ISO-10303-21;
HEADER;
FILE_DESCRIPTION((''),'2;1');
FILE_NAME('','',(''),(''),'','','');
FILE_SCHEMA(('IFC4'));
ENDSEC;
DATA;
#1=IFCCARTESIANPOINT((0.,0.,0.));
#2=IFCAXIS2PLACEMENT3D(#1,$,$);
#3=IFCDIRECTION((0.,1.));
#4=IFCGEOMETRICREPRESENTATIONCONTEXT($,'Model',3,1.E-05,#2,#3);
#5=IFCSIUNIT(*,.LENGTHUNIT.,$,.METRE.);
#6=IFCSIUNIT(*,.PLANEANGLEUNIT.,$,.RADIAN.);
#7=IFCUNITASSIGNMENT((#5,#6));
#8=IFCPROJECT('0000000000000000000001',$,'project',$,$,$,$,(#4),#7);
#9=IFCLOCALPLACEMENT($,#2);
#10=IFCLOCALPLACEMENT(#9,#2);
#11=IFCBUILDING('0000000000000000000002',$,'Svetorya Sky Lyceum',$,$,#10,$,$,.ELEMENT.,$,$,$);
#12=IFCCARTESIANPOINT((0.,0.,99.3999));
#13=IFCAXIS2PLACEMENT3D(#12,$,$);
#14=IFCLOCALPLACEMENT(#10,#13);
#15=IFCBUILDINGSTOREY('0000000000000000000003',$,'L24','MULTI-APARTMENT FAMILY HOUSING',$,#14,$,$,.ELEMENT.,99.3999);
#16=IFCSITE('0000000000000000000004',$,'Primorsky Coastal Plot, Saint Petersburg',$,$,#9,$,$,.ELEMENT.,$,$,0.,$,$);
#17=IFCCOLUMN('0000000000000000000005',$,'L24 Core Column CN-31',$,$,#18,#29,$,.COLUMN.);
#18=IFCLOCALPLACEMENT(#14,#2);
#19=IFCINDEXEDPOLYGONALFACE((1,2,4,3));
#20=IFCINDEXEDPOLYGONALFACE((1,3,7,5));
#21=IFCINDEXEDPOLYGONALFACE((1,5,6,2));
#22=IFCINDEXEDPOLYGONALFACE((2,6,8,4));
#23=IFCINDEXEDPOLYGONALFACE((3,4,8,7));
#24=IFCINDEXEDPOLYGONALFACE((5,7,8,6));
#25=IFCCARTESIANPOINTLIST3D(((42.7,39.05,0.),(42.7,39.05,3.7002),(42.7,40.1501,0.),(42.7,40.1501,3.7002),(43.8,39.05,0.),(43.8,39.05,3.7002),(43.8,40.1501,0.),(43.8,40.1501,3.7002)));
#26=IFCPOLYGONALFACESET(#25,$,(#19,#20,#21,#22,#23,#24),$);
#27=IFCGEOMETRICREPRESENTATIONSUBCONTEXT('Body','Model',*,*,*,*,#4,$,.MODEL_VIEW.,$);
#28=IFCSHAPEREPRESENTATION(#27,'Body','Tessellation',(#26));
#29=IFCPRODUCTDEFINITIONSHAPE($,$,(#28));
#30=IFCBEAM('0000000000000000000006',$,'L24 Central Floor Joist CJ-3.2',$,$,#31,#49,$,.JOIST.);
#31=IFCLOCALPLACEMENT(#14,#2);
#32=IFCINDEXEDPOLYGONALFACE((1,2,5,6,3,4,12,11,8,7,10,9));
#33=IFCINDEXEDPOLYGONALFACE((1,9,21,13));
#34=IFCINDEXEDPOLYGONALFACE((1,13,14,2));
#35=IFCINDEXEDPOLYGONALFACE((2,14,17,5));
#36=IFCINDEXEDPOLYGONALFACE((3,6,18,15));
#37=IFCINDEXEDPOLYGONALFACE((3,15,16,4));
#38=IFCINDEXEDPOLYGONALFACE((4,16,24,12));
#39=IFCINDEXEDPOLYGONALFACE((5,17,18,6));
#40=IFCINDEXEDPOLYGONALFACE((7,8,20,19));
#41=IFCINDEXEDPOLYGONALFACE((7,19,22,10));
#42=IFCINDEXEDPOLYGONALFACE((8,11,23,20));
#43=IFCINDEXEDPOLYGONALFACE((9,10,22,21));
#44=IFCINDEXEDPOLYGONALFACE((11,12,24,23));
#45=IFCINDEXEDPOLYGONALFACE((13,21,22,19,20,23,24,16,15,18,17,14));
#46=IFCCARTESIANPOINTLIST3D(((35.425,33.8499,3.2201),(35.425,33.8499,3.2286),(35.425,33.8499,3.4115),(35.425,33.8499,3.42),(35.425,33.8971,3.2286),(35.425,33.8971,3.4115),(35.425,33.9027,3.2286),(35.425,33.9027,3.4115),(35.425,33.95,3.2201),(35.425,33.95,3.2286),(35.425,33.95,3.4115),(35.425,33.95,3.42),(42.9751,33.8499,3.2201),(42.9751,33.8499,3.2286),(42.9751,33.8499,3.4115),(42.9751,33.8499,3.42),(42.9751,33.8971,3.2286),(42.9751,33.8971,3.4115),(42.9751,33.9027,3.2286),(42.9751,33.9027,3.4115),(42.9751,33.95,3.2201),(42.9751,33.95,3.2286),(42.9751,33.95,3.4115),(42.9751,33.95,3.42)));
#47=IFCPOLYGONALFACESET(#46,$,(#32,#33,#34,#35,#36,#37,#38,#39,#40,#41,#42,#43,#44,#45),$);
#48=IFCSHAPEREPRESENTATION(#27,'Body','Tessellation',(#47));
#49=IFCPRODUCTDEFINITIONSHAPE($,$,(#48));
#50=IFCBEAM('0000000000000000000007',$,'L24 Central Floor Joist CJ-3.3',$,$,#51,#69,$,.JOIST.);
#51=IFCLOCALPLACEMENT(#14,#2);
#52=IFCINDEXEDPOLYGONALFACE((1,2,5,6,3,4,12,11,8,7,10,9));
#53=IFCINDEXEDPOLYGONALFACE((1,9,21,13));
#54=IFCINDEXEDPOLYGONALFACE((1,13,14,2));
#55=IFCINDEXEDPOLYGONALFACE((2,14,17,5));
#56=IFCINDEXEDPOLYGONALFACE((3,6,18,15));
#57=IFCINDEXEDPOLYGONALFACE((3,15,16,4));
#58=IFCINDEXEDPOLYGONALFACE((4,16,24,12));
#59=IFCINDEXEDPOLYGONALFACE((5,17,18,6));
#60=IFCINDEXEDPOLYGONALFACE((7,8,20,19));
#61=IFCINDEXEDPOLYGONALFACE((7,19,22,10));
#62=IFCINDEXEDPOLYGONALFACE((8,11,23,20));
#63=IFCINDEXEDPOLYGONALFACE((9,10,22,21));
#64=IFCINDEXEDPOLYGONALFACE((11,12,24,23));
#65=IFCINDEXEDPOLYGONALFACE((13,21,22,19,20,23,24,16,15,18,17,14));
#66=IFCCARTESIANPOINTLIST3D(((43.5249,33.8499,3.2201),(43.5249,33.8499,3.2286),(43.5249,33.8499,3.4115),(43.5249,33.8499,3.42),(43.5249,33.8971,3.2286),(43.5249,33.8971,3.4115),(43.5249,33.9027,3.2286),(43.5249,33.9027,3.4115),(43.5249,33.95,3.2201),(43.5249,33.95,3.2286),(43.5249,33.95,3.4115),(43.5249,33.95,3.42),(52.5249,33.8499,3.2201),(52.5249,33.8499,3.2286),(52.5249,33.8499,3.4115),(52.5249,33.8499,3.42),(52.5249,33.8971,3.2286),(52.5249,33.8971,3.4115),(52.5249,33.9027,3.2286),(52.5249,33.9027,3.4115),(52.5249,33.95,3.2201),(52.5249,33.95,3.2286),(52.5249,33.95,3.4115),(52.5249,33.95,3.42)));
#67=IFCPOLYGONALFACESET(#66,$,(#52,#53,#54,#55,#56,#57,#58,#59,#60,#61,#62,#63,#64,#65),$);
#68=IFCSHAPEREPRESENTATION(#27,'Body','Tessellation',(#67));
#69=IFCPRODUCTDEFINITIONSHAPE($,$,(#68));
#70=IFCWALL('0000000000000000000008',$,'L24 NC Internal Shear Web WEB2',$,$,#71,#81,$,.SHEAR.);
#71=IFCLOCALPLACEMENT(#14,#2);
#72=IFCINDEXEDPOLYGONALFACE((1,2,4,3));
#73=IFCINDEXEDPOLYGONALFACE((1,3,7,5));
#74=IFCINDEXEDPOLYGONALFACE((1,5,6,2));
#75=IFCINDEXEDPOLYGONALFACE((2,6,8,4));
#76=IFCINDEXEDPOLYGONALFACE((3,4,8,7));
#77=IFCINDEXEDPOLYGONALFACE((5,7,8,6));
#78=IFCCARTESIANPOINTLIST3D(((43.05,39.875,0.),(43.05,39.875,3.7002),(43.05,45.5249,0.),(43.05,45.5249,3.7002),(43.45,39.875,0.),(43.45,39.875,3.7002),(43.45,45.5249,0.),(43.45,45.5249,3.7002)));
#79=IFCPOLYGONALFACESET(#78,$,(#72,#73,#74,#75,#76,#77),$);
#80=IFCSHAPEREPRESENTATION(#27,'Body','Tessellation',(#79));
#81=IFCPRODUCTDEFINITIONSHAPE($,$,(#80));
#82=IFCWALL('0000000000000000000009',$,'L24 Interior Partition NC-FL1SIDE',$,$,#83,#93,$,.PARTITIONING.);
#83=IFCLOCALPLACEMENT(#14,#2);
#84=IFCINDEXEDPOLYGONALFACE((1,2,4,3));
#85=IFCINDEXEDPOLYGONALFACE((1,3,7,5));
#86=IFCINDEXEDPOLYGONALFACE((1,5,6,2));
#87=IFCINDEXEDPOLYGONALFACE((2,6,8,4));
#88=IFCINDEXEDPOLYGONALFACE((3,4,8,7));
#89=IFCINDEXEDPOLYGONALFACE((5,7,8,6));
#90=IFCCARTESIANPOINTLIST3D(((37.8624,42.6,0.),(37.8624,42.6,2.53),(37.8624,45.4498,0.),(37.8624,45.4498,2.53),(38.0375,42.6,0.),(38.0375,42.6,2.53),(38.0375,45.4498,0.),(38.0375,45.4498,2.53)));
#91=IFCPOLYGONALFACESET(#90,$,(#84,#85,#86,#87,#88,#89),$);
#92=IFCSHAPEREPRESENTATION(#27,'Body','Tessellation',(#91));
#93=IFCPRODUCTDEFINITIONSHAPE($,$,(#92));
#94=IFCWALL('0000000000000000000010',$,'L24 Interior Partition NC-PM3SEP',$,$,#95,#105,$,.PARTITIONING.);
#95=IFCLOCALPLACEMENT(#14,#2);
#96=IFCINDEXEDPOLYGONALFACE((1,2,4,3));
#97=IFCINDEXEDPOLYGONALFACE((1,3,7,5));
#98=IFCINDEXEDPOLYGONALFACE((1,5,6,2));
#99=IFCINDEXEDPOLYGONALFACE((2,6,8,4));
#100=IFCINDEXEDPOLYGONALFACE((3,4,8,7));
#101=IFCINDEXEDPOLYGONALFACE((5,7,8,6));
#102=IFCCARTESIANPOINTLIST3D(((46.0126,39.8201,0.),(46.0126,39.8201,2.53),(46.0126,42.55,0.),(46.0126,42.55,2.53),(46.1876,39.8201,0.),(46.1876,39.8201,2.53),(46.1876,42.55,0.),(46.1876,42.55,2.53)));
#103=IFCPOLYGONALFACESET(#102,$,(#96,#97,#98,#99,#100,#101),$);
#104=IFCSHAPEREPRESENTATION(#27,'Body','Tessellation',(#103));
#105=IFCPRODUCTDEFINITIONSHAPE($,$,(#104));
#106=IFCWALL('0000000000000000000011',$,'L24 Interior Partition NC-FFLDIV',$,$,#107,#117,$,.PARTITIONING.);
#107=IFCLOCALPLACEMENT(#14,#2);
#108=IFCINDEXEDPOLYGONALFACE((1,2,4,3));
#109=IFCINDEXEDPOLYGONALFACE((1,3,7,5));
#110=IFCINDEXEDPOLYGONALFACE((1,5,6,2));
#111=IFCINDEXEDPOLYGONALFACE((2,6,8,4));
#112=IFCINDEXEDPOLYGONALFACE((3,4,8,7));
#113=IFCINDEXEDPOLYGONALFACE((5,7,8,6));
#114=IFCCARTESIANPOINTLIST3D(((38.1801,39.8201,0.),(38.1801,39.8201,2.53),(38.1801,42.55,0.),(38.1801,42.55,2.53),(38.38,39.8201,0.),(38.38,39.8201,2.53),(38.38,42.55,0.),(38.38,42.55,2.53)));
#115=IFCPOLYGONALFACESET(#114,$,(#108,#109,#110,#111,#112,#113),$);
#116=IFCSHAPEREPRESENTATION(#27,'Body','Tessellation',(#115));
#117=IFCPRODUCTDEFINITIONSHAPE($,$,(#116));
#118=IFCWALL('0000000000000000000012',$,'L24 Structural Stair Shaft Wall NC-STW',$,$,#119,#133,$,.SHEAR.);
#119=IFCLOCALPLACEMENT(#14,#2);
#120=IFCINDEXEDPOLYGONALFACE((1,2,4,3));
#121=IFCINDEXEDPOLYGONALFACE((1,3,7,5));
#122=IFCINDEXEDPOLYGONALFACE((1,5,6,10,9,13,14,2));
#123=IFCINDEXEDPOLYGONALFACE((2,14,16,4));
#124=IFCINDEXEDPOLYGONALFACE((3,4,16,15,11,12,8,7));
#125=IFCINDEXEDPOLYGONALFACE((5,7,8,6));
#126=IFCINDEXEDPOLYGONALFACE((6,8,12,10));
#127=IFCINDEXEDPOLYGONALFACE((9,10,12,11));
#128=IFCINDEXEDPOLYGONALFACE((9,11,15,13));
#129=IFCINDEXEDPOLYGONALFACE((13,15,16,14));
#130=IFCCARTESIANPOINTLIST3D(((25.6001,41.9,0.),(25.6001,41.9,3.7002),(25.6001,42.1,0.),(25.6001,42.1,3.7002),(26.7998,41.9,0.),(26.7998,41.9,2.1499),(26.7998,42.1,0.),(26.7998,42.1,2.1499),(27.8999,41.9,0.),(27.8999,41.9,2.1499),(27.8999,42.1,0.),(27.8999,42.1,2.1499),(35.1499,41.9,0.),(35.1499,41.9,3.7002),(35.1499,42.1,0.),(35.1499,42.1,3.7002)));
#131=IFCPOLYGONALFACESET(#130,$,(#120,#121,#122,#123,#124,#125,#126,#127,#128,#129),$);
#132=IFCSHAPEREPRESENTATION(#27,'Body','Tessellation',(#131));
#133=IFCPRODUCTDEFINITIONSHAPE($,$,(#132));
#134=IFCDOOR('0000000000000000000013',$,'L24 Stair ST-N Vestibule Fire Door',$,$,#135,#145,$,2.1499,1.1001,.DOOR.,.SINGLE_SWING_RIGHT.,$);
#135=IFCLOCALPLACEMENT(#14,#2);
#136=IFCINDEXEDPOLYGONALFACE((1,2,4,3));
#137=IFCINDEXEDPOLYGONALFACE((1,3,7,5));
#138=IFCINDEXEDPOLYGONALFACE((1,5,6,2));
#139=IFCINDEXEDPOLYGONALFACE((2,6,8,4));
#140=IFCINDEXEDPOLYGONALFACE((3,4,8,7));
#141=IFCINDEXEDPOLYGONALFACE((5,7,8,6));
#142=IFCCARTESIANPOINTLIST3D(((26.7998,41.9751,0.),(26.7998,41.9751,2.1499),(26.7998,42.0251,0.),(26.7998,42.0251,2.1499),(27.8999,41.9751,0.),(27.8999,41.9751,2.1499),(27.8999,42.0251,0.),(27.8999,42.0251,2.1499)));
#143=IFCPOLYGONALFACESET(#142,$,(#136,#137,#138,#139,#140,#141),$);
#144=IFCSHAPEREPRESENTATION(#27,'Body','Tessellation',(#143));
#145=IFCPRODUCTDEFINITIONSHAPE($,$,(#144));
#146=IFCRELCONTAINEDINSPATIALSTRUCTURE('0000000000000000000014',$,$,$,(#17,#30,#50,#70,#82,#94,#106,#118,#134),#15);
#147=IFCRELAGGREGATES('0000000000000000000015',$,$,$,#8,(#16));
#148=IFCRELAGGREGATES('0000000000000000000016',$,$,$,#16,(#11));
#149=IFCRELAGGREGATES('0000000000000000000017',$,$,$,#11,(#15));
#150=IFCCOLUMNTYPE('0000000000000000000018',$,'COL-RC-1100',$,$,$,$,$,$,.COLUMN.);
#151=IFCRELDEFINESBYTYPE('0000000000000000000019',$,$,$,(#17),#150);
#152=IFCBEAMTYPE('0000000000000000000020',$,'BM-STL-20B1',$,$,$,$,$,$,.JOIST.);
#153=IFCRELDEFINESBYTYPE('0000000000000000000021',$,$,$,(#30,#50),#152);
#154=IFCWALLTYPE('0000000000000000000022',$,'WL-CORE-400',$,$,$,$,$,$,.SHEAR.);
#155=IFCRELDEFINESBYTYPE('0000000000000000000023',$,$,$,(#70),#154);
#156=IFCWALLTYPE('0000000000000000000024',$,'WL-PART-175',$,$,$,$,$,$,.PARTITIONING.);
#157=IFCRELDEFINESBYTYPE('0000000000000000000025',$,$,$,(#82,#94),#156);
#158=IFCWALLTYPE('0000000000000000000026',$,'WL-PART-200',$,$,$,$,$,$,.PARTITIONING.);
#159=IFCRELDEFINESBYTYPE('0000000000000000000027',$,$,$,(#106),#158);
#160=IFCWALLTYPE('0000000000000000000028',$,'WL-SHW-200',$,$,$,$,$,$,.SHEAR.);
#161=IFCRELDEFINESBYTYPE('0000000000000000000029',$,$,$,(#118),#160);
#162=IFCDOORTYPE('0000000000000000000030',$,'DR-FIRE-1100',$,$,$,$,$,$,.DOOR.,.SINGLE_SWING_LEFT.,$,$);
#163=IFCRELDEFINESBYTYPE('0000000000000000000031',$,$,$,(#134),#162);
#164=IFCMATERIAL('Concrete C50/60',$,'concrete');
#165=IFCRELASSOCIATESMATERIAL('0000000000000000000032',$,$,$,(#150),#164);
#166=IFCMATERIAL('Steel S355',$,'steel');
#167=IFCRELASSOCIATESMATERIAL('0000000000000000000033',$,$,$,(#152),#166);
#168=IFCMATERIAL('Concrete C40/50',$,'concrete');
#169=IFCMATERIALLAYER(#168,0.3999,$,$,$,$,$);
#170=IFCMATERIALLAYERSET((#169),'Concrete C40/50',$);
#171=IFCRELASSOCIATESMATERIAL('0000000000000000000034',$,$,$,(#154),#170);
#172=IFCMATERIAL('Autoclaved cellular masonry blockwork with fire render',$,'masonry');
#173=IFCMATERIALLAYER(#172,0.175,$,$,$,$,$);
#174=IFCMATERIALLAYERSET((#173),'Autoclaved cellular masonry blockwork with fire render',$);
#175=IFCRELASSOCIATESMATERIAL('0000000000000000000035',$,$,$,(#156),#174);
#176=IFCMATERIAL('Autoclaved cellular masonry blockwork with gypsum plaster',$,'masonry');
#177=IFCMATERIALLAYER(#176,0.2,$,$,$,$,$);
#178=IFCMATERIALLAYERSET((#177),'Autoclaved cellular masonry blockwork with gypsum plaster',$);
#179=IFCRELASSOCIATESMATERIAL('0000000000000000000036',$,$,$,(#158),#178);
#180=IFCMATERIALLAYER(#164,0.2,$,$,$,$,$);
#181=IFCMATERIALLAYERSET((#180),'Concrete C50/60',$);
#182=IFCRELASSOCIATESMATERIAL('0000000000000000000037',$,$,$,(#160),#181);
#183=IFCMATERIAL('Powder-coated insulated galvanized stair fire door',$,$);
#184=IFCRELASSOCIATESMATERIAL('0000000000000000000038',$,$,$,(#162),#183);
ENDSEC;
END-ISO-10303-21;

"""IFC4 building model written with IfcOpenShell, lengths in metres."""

from ifc_helpers import new_model, si_unit, direction, frame, frame_2d, origin, origin_2d, place, context, subcontext, project, spatial, rectangle, i_section, extrude, material, layer, layer_set, material_profile, profile_set, type_object, element, fill, save


model = new_model("IFC4")

# Units and contexts
model_context = context("Model", 3, precision=1e-05, world=origin(), true_north=direction((0.0, 1.0)))
body_context = subcontext(model_context, "Body", "Model", "MODEL_VIEW")
ifc_project = project(units=[si_unit("LENGTHUNIT", "METRE"), si_unit("PLANEANGLEUNIT", "RADIAN")], contexts=[model_context])

# Site, building, storey
site_placement = place(None, origin())
site = spatial("IfcSite", under=ifc_project, at=site_placement, Name="Primorsky Coastal Plot, Saint Petersburg", CompositionType="ELEMENT", RefElevation=0.0)
building_placement = place(site_placement, origin())
building = spatial("IfcBuilding", under=site, at=building_placement, Name="Svetorya Sky Lyceum", CompositionType="ELEMENT")
storey_placement = place(building_placement, frame((0.0, 0.0, 99.3999)))
storey = spatial("IfcBuildingStorey", under=building, at=storey_placement, Name="L24", Description="MULTI-APARTMENT FAMILY HOUSING", CompositionType="ELEMENT", Elevation=99.3999)

# Column
ifc_material_1 = material(Name="Concrete C50/60", Category="concrete")
ifc_material_profile_1 = material_profile(ifc_material_1, rectangle(XDim=1.1001, YDim=1.1001, at=origin_2d()), Name="RC COL 1100x1100")
ifc_profile_set_1 = profile_set([ifc_material_profile_1], Name="Concrete C50/60")
column_type = type_object("IfcColumnType", Name="COL-RC-1100", PredefinedType="COLUMN", material=ifc_profile_set_1)
column_placement = place(storey_placement, frame((43.25, 39.6001, 0.0), z_axis=(0.0, 0.0, 1.0), x_axis=(1.0, 0.0, 0.0)))
element("IfcColumn", 1, at=column_placement, inside=storey, type_object=column_type, Name="L24 Core Column CN-31", PredefinedType="COLUMN", context=body_context, shape_type="SweptSolid", body=[
    extrude(rectangle(XDim=1.1001, YDim=1.1001, at=origin_2d()), origin(), (0.0, 0.0, 1.0), 3.7002),
])

# Beams
ifc_material_2 = material(Name="Steel S355", Category="steel")
ifc_material_profile_2 = material_profile(ifc_material_2, i_section(OverallWidth=0.1001, OverallDepth=0.2, WebThickness=0.0056, FlangeThickness=0.0085, at=origin_2d()), Name="GOST 20B1")
ifc_profile_set_2 = profile_set([ifc_material_profile_2], Name="Steel S355")
beam_type = type_object("IfcBeamType", Name="BM-STL-20B1", PredefinedType="JOIST", material=ifc_profile_set_2)
beam_1_placement = place(storey_placement, frame((35.425, 33.8999, 3.3201), z_axis=(1.0, 0.0, 0.0), x_axis=(0.0, 1.0, 0.0)))
element("IfcBeam", 2, at=beam_1_placement, inside=storey, type_object=beam_type, Name="L24 Central Floor Joist CJ-3.2", PredefinedType="JOIST", context=body_context, shape_type="SweptSolid", body=[
    extrude(i_section(OverallWidth=0.1001, OverallDepth=0.2, WebThickness=0.0056, FlangeThickness=0.0085, at=origin_2d()), origin(), (0.0, 0.0, 1.0), 7.55),
])
beam_2_placement = place(storey_placement, frame((43.5249, 33.8999, 3.3201), z_axis=(1.0, 0.0, 0.0), x_axis=(0.0, 1.0, 0.0)))
element("IfcBeam", 3, at=beam_2_placement, inside=storey, type_object=beam_type, Name="L24 Central Floor Joist CJ-3.3", PredefinedType="JOIST", context=body_context, shape_type="SweptSolid", body=[
    extrude(i_section(OverallWidth=0.1001, OverallDepth=0.2, WebThickness=0.0056, FlangeThickness=0.0085, at=origin_2d()), origin(), (0.0, 0.0, 1.0), 9.0),
])

# Walls
ifc_material_3 = material(Name="Concrete C40/50", Category="concrete")
ifc_layer_1 = layer(ifc_material_3, 0.3999)
ifc_layer_set_1 = layer_set([ifc_layer_1], Name="Concrete C40/50")
wall_type_1 = type_object("IfcWallType", Name="WL-CORE-400", PredefinedType="SHEAR", material=ifc_layer_set_1)
wall_1_placement = place(storey_placement, frame((43.25, 39.875, 0.0), z_axis=(0.0, 0.0, 1.0), x_axis=(0.0, 1.0, 0.0)))
element("IfcWall", 4, at=wall_1_placement, inside=storey, type_object=wall_type_1, Name="L24 NC Internal Shear Web WEB2", PredefinedType="SHEAR", context=body_context, shape_type="SweptSolid", body=[
    extrude(rectangle(XDim=5.6499, YDim=0.3999, at=frame_2d((2.825, 0.0))), origin(), (0.0, 0.0, 1.0), 3.7002),
])
ifc_material_4 = material(Name="Autoclaved cellular masonry blockwork with fire render", Category="masonry")
ifc_layer_2 = layer(ifc_material_4, 0.175)
ifc_layer_set_2 = layer_set([ifc_layer_2], Name="Autoclaved cellular masonry blockwork with fire render")
wall_type_2 = type_object("IfcWallType", Name="WL-PART-175", PredefinedType="PARTITIONING", material=ifc_layer_set_2)
wall_2_placement = place(storey_placement, frame((37.95, 42.6001, 0.0), z_axis=(0.0, 0.0, 1.0), x_axis=(0.0, 1.0, 0.0)))
element("IfcWall", 5, at=wall_2_placement, inside=storey, type_object=wall_type_2, Name="L24 Interior Partition NC-FL1SIDE", PredefinedType="PARTITIONING", context=body_context, shape_type="SweptSolid", body=[
    extrude(rectangle(XDim=2.8499, YDim=0.175, at=frame_2d((1.4248, 0.0))), origin(), (0.0, 0.0, 1.0), 2.53),
])
wall_3_placement = place(storey_placement, frame((46.1001, 39.8201, 0.0), z_axis=(0.0, 0.0, 1.0), x_axis=(0.0, 1.0, 0.0)))
element("IfcWall", 6, at=wall_3_placement, inside=storey, type_object=wall_type_2, Name="L24 Interior Partition NC-PM3SEP", PredefinedType="PARTITIONING", context=body_context, shape_type="SweptSolid", body=[
    extrude(rectangle(XDim=2.73, YDim=0.175, at=frame_2d((1.365, 0.0))), origin(), (0.0, 0.0, 1.0), 2.53),
])

# Shared definitions
ifc_material_5 = material(Name="Autoclaved cellular masonry blockwork with gypsum plaster", Category="masonry")
ifc_layer_3 = layer(ifc_material_5, 0.2)
ifc_layer_set_3 = layer_set([ifc_layer_3], Name="Autoclaved cellular masonry blockwork with gypsum plaster")
wall_type_3 = type_object("IfcWallType", Name="WL-PART-200", PredefinedType="PARTITIONING", material=ifc_layer_set_3)

# Wall
wall_4_placement = place(storey_placement, frame((38.28, 39.8201, 0.0), z_axis=(0.0, 0.0, 1.0), x_axis=(0.0, 1.0, 0.0)))
element("IfcWall", 7, at=wall_4_placement, inside=storey, type_object=wall_type_3, Name="L24 Interior Partition NC-FFLDIV", PredefinedType="PARTITIONING", context=body_context, shape_type="SweptSolid", body=[
    extrude(rectangle(XDim=2.73, YDim=0.2, at=frame_2d((1.365, 0.0))), origin(), (0.0, 0.0, 1.0), 2.53),
])

# Wall, opening, door
ifc_layer_4 = layer(ifc_material_1, 0.2)
ifc_layer_set_4 = layer_set([ifc_layer_4], Name="Concrete C50/60")
wall_type_4 = type_object("IfcWallType", Name="WL-SHW-200", PredefinedType="SHEAR", material=ifc_layer_set_4)
wall_5_placement = place(storey_placement, frame((35.1499, 42.0, 0.0), z_axis=(0.0, 0.0, 1.0), x_axis=(-1.0, 0.0, 0.0)))
wall_5 = element("IfcWall", 8, at=wall_5_placement, inside=storey, type_object=wall_type_4, Name="L24 Structural Stair Shaft Wall NC-STW", PredefinedType="SHEAR", context=body_context, shape_type="SweptSolid", body=[
    extrude(rectangle(XDim=9.5498, YDim=0.2, at=frame_2d((4.7749, 0.0))), origin(), (0.0, 0.0, 1.0), 3.7002),
])
opening_1_placement = place(wall_5_placement, frame((7.25, 0.0, 0.0)))
opening_1 = element("IfcOpeningElement", 9, at=opening_1_placement, cuts=wall_5, PredefinedType="OPENING", context=body_context, shape_type="SweptSolid", body=[
    extrude(rectangle(XDim=1.1001, YDim=2.1499, at=frame_2d((0.55, 1.075))), frame((0.0, 0.1099, 0.0), z_axis=(0.0, -1.0, 0.0), x_axis=(1.0, 0.0, 0.0)), (0.0, 0.0, 1.0), 0.22),
])
ifc_material_6 = material(Name="Powder-coated insulated galvanized stair fire door")
door_type_1 = type_object("IfcDoorType", Name="DR-FIRE-1100", OperationType="SINGLE_SWING_LEFT", PredefinedType="DOOR", material=ifc_material_6)
door_1_placement = place(opening_1_placement, origin())
door_1 = element("IfcDoor", 10, at=door_1_placement, inside=storey, type_object=door_type_1, Name="L24 Stair ST-N Vestibule Fire Door", OperationType="SINGLE_SWING_RIGHT", OverallHeight=2.1499, OverallWidth=1.1001, PredefinedType="DOOR", context=body_context, shape_type="SweptSolid", body=[
    extrude(rectangle(XDim=1.1001, YDim=2.1499, at=frame_2d((0.55, 1.075))), frame((0.0, 0.0249, 0.0), z_axis=(0.0, -1.0, 0.0), x_axis=(1.0, 0.0, 0.0)), (0.0, 0.0, 1.0), 0.05),
])
fill(opening_1, door_1)

save(model, "model.ifc")
